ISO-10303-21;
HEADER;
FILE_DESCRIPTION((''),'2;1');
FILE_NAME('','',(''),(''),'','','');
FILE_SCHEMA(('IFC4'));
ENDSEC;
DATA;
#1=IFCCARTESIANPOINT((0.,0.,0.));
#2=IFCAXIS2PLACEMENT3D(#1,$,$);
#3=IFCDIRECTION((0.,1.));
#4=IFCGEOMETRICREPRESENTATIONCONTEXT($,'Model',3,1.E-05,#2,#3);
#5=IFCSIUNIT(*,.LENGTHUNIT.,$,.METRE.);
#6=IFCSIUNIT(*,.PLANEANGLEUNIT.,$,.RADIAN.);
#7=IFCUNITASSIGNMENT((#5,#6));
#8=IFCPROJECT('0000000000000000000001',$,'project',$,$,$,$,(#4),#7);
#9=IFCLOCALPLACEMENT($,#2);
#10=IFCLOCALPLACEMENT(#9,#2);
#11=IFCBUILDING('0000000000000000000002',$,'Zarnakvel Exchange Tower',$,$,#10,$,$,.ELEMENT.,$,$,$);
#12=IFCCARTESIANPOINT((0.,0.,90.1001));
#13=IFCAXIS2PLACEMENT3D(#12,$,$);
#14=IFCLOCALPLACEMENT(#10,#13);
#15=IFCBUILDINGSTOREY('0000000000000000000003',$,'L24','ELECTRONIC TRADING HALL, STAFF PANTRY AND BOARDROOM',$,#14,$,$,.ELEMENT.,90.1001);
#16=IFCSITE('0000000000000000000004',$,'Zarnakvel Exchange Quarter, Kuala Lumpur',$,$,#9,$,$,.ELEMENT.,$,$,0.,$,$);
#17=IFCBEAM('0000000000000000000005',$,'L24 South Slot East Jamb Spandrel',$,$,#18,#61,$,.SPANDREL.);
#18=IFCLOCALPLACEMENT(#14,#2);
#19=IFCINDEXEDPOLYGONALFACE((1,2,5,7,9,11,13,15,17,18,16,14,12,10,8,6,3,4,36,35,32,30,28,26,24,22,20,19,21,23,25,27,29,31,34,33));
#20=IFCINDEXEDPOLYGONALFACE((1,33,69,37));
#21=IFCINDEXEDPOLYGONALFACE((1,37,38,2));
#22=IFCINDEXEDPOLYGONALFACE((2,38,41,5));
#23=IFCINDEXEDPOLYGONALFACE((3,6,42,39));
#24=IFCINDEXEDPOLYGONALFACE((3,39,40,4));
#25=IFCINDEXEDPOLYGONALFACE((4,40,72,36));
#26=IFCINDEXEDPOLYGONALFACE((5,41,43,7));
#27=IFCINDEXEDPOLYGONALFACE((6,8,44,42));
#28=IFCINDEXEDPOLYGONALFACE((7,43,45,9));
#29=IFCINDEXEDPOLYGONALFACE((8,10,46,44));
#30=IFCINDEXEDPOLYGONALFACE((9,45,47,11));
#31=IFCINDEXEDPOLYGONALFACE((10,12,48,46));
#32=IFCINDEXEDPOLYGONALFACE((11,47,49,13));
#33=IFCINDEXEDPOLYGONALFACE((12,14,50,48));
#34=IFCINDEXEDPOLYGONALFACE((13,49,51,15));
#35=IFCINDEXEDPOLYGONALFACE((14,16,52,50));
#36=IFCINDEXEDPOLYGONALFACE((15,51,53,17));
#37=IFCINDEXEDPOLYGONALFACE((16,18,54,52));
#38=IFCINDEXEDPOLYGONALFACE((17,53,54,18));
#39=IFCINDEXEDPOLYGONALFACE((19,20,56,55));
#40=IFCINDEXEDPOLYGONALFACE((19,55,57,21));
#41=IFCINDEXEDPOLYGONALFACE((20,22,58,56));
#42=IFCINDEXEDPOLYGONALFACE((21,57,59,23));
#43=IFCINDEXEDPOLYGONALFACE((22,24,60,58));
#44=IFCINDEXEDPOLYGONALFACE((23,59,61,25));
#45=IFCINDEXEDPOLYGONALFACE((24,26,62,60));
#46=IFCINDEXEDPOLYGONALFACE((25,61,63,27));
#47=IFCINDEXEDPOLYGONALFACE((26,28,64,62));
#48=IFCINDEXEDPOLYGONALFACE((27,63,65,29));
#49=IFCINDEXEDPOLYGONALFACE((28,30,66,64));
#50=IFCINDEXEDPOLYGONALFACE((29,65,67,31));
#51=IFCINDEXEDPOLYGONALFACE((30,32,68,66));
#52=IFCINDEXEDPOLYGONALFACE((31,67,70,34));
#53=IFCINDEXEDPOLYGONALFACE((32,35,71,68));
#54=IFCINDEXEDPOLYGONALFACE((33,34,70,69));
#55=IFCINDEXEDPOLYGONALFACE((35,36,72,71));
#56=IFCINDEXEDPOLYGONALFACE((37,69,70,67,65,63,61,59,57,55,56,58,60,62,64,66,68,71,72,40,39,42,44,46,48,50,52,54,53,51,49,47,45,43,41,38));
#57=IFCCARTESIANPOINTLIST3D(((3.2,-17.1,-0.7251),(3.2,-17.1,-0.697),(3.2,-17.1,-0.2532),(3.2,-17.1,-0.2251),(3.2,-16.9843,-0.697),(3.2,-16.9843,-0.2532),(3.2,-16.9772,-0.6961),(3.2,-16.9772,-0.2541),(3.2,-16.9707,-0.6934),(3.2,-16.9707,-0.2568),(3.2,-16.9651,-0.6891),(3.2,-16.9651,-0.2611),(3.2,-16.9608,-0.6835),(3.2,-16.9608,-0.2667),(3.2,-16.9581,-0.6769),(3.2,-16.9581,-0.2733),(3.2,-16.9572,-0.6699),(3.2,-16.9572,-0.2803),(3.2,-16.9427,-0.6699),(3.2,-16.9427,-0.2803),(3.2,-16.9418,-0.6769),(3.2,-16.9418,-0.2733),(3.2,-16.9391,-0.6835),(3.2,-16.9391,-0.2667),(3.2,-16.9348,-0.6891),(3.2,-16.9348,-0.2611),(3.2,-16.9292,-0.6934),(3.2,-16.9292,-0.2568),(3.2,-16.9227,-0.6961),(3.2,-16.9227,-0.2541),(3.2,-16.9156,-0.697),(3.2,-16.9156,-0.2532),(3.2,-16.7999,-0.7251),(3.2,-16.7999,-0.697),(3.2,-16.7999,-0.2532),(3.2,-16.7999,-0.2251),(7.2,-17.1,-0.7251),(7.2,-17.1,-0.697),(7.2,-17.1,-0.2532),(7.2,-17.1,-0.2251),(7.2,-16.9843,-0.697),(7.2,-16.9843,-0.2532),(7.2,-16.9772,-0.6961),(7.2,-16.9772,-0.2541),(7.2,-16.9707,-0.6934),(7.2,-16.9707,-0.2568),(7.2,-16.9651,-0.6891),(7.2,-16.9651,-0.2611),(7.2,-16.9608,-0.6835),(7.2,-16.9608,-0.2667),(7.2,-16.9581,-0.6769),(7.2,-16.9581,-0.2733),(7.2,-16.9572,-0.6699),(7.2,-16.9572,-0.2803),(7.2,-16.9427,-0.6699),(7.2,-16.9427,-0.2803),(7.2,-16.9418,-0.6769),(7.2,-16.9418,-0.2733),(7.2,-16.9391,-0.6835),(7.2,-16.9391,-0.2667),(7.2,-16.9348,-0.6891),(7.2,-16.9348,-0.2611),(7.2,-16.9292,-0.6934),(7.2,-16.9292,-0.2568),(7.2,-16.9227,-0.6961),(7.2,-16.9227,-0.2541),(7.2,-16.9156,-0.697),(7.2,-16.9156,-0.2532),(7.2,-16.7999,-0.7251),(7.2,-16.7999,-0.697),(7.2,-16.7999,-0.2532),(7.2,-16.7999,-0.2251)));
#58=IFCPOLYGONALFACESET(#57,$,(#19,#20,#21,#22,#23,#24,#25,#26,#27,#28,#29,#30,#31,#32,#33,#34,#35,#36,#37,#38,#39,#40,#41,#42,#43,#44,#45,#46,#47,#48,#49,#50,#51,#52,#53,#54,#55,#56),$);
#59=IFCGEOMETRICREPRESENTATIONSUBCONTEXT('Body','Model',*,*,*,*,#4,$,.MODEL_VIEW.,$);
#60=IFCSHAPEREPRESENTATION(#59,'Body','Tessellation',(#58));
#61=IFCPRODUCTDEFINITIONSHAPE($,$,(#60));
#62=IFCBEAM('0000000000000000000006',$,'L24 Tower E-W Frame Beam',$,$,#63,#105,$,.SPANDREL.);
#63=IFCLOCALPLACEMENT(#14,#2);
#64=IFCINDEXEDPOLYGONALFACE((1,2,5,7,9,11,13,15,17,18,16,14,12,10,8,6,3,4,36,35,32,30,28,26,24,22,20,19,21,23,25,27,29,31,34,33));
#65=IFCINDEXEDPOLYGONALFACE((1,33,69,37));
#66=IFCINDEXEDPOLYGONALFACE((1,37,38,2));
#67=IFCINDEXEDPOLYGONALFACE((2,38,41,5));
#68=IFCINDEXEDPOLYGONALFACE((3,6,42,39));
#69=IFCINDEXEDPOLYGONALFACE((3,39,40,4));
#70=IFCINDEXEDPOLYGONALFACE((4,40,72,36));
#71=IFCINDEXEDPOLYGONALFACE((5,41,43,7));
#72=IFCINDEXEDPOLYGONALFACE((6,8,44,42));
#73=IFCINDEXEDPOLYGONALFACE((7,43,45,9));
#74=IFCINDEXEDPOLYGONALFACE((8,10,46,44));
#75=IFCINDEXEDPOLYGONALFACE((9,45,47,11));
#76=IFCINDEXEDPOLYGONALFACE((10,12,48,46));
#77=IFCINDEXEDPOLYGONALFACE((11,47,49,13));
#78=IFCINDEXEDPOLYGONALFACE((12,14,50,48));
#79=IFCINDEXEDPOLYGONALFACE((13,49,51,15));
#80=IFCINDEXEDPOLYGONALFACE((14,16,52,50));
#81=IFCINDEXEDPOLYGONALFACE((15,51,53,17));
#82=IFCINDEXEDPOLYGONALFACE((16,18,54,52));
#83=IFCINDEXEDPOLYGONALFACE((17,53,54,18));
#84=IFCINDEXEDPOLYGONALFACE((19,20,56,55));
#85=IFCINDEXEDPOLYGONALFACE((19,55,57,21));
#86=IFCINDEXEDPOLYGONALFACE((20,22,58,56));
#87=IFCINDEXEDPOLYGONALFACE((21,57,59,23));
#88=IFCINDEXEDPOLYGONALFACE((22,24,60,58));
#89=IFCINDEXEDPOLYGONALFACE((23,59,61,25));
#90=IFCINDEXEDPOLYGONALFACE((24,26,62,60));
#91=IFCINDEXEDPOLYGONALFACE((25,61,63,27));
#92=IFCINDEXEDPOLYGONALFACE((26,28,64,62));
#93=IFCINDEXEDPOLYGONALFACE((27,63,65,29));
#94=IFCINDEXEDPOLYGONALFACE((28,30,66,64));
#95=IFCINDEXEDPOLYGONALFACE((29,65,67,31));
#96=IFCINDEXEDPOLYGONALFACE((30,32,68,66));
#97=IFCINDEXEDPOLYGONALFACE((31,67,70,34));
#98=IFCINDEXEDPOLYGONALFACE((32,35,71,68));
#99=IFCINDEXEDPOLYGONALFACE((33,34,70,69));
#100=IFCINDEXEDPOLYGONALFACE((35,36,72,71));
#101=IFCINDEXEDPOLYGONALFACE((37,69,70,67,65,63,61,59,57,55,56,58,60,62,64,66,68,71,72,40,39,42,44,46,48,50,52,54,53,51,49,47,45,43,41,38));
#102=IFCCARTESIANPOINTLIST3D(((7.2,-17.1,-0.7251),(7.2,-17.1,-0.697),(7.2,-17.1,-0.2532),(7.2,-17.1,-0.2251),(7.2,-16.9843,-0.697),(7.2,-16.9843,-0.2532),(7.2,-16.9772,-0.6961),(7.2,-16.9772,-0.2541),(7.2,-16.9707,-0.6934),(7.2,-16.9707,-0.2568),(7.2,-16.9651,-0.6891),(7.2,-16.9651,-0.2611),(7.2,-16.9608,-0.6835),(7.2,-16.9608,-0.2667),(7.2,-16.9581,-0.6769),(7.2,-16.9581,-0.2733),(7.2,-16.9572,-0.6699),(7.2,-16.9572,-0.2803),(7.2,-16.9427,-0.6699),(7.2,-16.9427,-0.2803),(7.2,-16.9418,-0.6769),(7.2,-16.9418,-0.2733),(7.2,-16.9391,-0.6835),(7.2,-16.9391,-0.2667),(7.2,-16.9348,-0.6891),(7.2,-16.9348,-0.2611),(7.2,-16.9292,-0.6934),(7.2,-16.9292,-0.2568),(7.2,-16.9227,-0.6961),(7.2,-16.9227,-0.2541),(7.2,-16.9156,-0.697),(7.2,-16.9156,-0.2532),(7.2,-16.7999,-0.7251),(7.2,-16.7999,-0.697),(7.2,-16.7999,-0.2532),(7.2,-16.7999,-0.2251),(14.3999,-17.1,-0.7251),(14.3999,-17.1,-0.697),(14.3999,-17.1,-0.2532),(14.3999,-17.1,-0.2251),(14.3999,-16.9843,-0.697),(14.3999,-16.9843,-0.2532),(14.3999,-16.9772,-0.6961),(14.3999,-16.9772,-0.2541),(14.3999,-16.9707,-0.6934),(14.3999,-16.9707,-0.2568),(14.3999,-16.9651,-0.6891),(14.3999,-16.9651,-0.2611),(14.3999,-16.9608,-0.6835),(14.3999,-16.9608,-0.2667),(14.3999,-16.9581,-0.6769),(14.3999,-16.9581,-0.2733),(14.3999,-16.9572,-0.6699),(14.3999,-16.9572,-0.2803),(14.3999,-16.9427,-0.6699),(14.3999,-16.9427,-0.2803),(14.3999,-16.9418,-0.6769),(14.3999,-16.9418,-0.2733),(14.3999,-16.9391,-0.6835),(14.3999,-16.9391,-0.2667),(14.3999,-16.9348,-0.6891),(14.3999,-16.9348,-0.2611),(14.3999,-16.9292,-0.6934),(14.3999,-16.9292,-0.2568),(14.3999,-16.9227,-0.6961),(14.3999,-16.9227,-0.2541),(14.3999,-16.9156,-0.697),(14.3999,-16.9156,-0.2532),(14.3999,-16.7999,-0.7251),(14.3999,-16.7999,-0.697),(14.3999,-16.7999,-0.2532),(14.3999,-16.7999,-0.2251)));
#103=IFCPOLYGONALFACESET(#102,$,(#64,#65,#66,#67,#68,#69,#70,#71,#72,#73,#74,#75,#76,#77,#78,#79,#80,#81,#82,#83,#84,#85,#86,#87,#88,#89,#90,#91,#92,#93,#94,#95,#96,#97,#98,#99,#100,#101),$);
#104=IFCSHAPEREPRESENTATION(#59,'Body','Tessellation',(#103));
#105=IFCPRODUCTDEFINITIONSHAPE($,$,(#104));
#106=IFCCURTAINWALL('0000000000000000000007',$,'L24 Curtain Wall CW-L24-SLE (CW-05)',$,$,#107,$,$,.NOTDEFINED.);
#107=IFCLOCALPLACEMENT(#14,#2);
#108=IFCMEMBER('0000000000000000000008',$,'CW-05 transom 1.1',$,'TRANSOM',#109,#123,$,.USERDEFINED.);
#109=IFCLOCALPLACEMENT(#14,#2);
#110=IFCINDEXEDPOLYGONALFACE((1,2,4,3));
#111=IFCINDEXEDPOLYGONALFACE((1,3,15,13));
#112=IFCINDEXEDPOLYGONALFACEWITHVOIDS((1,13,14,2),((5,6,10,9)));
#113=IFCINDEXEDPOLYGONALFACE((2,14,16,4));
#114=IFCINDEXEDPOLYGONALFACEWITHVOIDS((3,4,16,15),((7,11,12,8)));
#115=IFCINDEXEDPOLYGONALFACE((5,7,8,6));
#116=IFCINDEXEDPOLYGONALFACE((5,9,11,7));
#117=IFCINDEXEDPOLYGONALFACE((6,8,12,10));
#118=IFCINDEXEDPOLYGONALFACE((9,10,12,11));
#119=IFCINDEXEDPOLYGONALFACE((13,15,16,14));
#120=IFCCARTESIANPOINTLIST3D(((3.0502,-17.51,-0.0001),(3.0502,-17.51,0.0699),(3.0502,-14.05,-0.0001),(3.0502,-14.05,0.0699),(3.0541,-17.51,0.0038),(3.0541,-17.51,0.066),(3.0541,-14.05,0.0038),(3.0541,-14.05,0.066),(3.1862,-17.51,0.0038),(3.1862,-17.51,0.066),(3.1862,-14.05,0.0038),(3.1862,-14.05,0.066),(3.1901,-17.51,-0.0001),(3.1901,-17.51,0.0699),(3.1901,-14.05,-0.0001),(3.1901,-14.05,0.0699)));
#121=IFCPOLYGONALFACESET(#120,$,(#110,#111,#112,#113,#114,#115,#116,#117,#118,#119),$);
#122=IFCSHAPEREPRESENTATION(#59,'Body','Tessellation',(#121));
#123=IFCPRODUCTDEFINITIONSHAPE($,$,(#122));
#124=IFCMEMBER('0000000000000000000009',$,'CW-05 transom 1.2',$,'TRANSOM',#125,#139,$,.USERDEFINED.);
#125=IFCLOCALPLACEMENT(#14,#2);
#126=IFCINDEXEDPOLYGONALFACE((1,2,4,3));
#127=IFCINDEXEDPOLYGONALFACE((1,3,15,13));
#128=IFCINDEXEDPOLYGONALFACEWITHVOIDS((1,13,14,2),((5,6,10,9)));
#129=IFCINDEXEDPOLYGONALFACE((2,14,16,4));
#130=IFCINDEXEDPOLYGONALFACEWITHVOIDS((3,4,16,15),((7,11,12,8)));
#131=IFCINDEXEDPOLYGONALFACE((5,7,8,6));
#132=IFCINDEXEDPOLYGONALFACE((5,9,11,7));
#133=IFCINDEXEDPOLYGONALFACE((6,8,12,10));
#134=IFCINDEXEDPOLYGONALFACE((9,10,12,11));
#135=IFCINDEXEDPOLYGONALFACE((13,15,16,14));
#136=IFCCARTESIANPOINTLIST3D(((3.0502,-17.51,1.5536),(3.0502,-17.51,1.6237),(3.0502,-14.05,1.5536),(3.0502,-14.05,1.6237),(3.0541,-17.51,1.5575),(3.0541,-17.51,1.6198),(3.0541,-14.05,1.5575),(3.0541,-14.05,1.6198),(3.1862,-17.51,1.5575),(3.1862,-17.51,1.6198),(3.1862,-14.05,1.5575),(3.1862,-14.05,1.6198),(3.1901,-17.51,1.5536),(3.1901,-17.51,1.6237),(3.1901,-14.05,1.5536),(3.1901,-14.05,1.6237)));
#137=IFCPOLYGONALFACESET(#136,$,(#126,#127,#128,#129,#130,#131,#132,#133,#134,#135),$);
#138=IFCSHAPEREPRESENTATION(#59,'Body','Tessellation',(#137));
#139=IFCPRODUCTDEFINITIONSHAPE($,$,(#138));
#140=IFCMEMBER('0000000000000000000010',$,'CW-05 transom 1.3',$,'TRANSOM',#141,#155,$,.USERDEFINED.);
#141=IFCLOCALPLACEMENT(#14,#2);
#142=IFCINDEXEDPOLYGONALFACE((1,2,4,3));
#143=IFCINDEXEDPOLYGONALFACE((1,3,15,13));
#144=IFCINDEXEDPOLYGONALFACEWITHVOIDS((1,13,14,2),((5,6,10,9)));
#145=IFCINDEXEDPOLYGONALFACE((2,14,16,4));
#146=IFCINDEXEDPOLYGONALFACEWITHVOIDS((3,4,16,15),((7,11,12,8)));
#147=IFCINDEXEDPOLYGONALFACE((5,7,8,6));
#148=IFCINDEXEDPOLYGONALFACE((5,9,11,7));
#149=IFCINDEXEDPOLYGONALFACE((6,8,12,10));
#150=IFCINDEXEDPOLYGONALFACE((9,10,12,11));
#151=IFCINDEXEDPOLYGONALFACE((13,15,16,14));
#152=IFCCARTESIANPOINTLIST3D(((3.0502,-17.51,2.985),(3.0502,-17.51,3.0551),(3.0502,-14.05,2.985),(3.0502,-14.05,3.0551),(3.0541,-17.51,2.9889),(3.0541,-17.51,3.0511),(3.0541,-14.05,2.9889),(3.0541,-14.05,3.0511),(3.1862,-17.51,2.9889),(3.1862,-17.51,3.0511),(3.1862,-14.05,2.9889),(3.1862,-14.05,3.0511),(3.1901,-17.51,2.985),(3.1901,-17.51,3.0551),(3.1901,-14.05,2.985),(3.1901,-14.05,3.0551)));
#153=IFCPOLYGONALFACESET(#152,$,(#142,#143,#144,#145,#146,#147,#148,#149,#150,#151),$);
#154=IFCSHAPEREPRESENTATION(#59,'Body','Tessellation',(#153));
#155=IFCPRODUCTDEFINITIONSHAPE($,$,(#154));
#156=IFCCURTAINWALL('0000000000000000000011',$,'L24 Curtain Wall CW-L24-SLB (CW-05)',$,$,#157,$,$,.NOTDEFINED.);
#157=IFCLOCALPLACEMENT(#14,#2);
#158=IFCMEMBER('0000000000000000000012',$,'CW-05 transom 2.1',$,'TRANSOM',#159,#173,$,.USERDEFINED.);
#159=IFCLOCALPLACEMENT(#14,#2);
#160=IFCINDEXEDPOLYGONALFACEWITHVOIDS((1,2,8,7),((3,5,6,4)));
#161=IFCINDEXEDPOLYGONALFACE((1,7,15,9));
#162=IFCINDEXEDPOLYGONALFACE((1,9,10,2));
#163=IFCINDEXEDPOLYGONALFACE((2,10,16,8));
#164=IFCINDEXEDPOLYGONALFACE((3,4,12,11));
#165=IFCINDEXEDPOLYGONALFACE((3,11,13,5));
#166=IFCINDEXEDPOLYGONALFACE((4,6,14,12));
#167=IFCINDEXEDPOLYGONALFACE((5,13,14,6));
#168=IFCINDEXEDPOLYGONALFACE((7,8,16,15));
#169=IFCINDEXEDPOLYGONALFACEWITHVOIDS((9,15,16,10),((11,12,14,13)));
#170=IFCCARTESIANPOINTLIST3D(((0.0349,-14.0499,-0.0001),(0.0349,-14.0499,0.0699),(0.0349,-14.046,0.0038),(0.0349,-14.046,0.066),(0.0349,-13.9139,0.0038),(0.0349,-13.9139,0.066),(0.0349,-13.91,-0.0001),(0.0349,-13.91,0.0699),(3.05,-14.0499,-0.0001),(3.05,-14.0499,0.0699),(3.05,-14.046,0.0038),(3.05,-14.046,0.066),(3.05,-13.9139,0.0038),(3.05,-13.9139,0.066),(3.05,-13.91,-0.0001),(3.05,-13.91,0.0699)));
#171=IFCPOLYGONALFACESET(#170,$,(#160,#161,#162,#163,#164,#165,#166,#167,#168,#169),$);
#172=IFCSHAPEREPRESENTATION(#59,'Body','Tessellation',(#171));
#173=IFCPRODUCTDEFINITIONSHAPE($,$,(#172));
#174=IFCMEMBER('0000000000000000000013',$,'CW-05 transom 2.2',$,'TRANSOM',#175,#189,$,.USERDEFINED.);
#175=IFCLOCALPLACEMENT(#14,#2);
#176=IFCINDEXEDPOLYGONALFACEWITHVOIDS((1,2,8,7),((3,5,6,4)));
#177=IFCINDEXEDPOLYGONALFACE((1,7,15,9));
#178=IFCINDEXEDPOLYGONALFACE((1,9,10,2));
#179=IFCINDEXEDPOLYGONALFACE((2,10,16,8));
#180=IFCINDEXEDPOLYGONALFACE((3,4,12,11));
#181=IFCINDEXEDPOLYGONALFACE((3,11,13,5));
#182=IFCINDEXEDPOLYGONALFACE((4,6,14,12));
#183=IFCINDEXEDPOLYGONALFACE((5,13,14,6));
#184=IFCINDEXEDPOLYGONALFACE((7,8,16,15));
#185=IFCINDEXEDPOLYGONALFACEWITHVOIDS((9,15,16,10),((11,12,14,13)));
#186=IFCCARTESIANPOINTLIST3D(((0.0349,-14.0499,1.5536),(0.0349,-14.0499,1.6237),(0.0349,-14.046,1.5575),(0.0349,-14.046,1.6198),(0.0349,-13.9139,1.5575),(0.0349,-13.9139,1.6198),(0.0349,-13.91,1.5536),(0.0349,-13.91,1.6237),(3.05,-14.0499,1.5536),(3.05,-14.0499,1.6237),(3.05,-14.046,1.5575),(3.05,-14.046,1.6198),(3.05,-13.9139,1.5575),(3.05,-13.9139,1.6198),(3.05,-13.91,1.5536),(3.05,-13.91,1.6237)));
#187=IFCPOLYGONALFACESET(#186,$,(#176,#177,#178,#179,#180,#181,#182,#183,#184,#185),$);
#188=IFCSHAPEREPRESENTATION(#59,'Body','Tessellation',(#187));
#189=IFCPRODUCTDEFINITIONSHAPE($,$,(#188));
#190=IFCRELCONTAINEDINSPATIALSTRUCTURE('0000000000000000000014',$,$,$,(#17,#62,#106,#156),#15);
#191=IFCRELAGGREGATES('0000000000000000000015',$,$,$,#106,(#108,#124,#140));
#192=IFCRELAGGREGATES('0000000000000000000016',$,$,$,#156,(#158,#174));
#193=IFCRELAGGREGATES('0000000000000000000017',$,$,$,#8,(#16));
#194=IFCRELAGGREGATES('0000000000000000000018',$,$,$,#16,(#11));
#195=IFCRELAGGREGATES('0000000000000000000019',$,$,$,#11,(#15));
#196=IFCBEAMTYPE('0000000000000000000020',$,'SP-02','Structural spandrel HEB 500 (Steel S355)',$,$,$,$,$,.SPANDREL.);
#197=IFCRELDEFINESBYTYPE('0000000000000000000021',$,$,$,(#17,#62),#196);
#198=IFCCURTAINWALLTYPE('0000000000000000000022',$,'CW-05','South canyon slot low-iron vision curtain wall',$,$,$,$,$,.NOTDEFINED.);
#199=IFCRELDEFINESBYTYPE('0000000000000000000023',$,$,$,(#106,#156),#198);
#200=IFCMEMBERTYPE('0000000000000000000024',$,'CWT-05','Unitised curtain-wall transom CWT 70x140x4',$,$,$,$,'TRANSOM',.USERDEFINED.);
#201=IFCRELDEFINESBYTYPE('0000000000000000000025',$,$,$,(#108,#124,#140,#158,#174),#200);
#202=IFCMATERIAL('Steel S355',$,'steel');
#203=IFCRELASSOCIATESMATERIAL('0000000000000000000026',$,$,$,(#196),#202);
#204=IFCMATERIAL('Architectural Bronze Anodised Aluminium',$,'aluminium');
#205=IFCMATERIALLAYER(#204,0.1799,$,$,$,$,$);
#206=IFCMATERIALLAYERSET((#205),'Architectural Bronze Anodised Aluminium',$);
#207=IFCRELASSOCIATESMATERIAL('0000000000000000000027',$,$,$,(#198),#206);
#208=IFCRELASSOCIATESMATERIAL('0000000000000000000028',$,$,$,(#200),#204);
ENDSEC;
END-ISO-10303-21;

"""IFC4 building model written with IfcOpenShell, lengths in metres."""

from ifc_helpers import new_model, si_unit, direction, frame, origin, origin_2d, place, context, subcontext, project, spatial, hollow_rectangle, i_section, extrude, source, transform, mapped, material, layer, layer_set, material_profile, profile_set, type_object, element, aggregate, save


model = new_model("IFC4")

# Units and contexts
model_context = context("Model", 3, precision=1e-05, world=origin(), true_north=direction((0.0, 1.0)))
body_context = subcontext(model_context, "Body", "Model", "MODEL_VIEW")
ifc_project = project(units=[si_unit("LENGTHUNIT", "METRE"), si_unit("PLANEANGLEUNIT", "RADIAN")], contexts=[model_context])

# Site, building, storey
site_placement = place(None, origin())
site = spatial("IfcSite", under=ifc_project, at=site_placement, Name="Zarnakvel Exchange Quarter, Kuala Lumpur", CompositionType="ELEMENT", RefElevation=0.0)
building_placement = place(site_placement, origin())
building = spatial("IfcBuilding", under=site, at=building_placement, Name="Zarnakvel Exchange Tower", CompositionType="ELEMENT")
storey_placement = place(building_placement, frame((0.0, 0.0, 90.1001)))
storey = spatial("IfcBuildingStorey", under=building, at=storey_placement, Name="L24", Description="ELECTRONIC TRADING HALL, STAFF PANTRY AND BOARDROOM", CompositionType="ELEMENT", Elevation=90.1001)

# Beams
ifc_material_1 = material(Name="Steel S355", Category="steel")
ifc_material_profile_1 = material_profile(ifc_material_1, i_section(OverallWidth=0.3, OverallDepth=0.5, WebThickness=0.0144, FlangeThickness=0.0281, FilletRadius=0.0271, at=origin_2d()))
ifc_profile_set_1 = profile_set([ifc_material_profile_1], Name="Steel S355")
beam_type_1 = type_object("IfcBeamType", Name="SP-02", Description="Structural spandrel HEB 500 (Steel S355)", PredefinedType="SPANDREL", material=ifc_profile_set_1)
beam_1_placement = place(storey_placement, frame((3.2, -16.95, -0.4751), z_axis=(1.0, 0.0, 0.0), x_axis=(0.0, 1.0, 0.0)))
element("IfcBeam", 1, at=beam_1_placement, inside=storey, type_object=beam_type_1, Name="L24 South Slot East Jamb Spandrel", PredefinedType="SPANDREL", context=body_context, shape_type="SweptSolid", body=[
    extrude(i_section(OverallWidth=0.3, OverallDepth=0.5, WebThickness=0.0144, FlangeThickness=0.0281, FilletRadius=0.0271, at=origin_2d()), origin(), (0.0, 0.0, 1.0), 4.0),
])
beam_2_placement = place(storey_placement, frame((7.2, -16.95, -0.4751), z_axis=(1.0, 0.0, 0.0), x_axis=(0.0, 1.0, 0.0)))
element("IfcBeam", 2, at=beam_2_placement, inside=storey, type_object=beam_type_1, Name="L24 Tower E-W Frame Beam", PredefinedType="SPANDREL", context=body_context, shape_type="SweptSolid", body=[
    extrude(i_section(OverallWidth=0.3, OverallDepth=0.5, WebThickness=0.0144, FlangeThickness=0.0281, FilletRadius=0.0271, at=origin_2d()), origin(), (0.0, 0.0, 1.0), 7.2),
])

# Curtain walls, members
ifc_material_2 = material(Name="Architectural Bronze Anodised Aluminium", Category="aluminium")
ifc_layer_1 = layer(ifc_material_2, 0.1799)
ifc_layer_set_1 = layer_set([ifc_layer_1], Name="Architectural Bronze Anodised Aluminium")
curtain_wall_type = type_object("IfcCurtainWallType", Name="CW-05", Description="South canyon slot low-iron vision curtain wall", PredefinedType="NOTDEFINED", material=ifc_layer_set_1)
curtain_wall_1_placement = place(storey_placement, origin())
curtain_wall_1 = element("IfcCurtainWall", 3, at=curtain_wall_1_placement, inside=storey, type_object=curtain_wall_type, Name="L24 Curtain Wall CW-L24-SLE (CW-05)", PredefinedType="NOTDEFINED")
ifc_material_profile_2 = material_profile(ifc_material_2, hollow_rectangle(XDim=0.1399, YDim=0.0701, WallThickness=0.0039, at=origin_2d()))
ifc_profile_set_2 = profile_set([ifc_material_profile_2], Name="Architectural Bronze Anodised Aluminium")
member_type_1 = type_object("IfcMemberType", Name="CWT-05", Description="Unitised curtain-wall transom CWT 70x140x4", ElementType="TRANSOM", PredefinedType="USERDEFINED", material=ifc_profile_set_2)
shared_shape_1 = source(origin(), body_context, "Body", "SweptSolid", [
    extrude(hollow_rectangle(XDim=0.1399, YDim=0.0701, WallThickness=0.0039, at=origin_2d()), origin(), (0.0, 0.0, 1.0), 3.46),
])
member_1_placement = place(storey_placement, frame((3.1201, -14.05, 0.0349), z_axis=(0.0, -1.0, 0.0), x_axis=(1.0, 0.0, 0.0)))
member_1 = element("IfcMember", 4, at=member_1_placement, type_object=member_type_1, Name="CW-05 transom 1.1", ObjectType="TRANSOM", PredefinedType="USERDEFINED", context=body_context, shape_type="MappedRepresentation", body=[
    mapped(shared_shape_1, transform((0.0, 0.0, 0.0), x_axis=(1.0, 0.0, 0.0), y_axis=(0.0, 1.0, 0.0), z_axis=(0.0, 0.0, 1.0), scale=1.0)),
])
member_2_placement = place(storey_placement, frame((3.1201, -14.05, 1.5886), z_axis=(0.0, -1.0, 0.0), x_axis=(1.0, 0.0, 0.0)))
member_2 = element("IfcMember", 5, at=member_2_placement, type_object=member_type_1, Name="CW-05 transom 1.2", ObjectType="TRANSOM", PredefinedType="USERDEFINED", context=body_context, shape_type="MappedRepresentation", body=[
    mapped(shared_shape_1, transform((0.0, 0.0, 0.0), x_axis=(1.0, 0.0, 0.0), y_axis=(0.0, 1.0, 0.0), z_axis=(0.0, 0.0, 1.0), scale=1.0)),
])
member_3_placement = place(storey_placement, frame((3.1201, -14.05, 3.02), z_axis=(0.0, -1.0, 0.0), x_axis=(1.0, 0.0, 0.0)))
member_3 = element("IfcMember", 6, at=member_3_placement, type_object=member_type_1, Name="CW-05 transom 1.3", ObjectType="TRANSOM", PredefinedType="USERDEFINED", context=body_context, shape_type="MappedRepresentation", body=[
    mapped(shared_shape_1, transform((0.0, 0.0, 0.0), x_axis=(1.0, 0.0, 0.0), y_axis=(0.0, 1.0, 0.0), z_axis=(0.0, 0.0, 1.0), scale=1.0)),
])
curtain_wall_2_placement = place(storey_placement, origin())
curtain_wall_2 = element("IfcCurtainWall", 7, at=curtain_wall_2_placement, inside=storey, type_object=curtain_wall_type, Name="L24 Curtain Wall CW-L24-SLB (CW-05)", PredefinedType="NOTDEFINED")
shared_shape_2 = source(origin(), body_context, "Body", "SweptSolid", [
    extrude(hollow_rectangle(XDim=0.1399, YDim=0.0701, WallThickness=0.0039, at=origin_2d()), origin(), (0.0, 0.0, 1.0), 3.0151),
])
member_4_placement = place(storey_placement, frame((0.0349, -13.98, 0.0349), z_axis=(1.0, 0.0, 0.0), x_axis=(0.0, 1.0, 0.0)))
member_4 = element("IfcMember", 8, at=member_4_placement, type_object=member_type_1, Name="CW-05 transom 2.1", ObjectType="TRANSOM", PredefinedType="USERDEFINED", context=body_context, shape_type="MappedRepresentation", body=[
    mapped(shared_shape_2, transform((0.0, 0.0, 0.0), x_axis=(1.0, 0.0, 0.0), y_axis=(0.0, 1.0, 0.0), z_axis=(0.0, 0.0, 1.0), scale=1.0)),
])
member_5_placement = place(storey_placement, frame((0.0349, -13.98, 1.5886), z_axis=(1.0, 0.0, 0.0), x_axis=(0.0, 1.0, 0.0)))
member_5 = element("IfcMember", 9, at=member_5_placement, type_object=member_type_1, Name="CW-05 transom 2.2", ObjectType="TRANSOM", PredefinedType="USERDEFINED", context=body_context, shape_type="MappedRepresentation", body=[
    mapped(shared_shape_2, transform((0.0, 0.0, 0.0), x_axis=(1.0, 0.0, 0.0), y_axis=(0.0, 1.0, 0.0), z_axis=(0.0, 0.0, 1.0), scale=1.0)),
])

aggregate(curtain_wall_1, [member_1, member_2, member_3])
aggregate(curtain_wall_2, [member_4, member_5])

save(model, "model.ifc")
